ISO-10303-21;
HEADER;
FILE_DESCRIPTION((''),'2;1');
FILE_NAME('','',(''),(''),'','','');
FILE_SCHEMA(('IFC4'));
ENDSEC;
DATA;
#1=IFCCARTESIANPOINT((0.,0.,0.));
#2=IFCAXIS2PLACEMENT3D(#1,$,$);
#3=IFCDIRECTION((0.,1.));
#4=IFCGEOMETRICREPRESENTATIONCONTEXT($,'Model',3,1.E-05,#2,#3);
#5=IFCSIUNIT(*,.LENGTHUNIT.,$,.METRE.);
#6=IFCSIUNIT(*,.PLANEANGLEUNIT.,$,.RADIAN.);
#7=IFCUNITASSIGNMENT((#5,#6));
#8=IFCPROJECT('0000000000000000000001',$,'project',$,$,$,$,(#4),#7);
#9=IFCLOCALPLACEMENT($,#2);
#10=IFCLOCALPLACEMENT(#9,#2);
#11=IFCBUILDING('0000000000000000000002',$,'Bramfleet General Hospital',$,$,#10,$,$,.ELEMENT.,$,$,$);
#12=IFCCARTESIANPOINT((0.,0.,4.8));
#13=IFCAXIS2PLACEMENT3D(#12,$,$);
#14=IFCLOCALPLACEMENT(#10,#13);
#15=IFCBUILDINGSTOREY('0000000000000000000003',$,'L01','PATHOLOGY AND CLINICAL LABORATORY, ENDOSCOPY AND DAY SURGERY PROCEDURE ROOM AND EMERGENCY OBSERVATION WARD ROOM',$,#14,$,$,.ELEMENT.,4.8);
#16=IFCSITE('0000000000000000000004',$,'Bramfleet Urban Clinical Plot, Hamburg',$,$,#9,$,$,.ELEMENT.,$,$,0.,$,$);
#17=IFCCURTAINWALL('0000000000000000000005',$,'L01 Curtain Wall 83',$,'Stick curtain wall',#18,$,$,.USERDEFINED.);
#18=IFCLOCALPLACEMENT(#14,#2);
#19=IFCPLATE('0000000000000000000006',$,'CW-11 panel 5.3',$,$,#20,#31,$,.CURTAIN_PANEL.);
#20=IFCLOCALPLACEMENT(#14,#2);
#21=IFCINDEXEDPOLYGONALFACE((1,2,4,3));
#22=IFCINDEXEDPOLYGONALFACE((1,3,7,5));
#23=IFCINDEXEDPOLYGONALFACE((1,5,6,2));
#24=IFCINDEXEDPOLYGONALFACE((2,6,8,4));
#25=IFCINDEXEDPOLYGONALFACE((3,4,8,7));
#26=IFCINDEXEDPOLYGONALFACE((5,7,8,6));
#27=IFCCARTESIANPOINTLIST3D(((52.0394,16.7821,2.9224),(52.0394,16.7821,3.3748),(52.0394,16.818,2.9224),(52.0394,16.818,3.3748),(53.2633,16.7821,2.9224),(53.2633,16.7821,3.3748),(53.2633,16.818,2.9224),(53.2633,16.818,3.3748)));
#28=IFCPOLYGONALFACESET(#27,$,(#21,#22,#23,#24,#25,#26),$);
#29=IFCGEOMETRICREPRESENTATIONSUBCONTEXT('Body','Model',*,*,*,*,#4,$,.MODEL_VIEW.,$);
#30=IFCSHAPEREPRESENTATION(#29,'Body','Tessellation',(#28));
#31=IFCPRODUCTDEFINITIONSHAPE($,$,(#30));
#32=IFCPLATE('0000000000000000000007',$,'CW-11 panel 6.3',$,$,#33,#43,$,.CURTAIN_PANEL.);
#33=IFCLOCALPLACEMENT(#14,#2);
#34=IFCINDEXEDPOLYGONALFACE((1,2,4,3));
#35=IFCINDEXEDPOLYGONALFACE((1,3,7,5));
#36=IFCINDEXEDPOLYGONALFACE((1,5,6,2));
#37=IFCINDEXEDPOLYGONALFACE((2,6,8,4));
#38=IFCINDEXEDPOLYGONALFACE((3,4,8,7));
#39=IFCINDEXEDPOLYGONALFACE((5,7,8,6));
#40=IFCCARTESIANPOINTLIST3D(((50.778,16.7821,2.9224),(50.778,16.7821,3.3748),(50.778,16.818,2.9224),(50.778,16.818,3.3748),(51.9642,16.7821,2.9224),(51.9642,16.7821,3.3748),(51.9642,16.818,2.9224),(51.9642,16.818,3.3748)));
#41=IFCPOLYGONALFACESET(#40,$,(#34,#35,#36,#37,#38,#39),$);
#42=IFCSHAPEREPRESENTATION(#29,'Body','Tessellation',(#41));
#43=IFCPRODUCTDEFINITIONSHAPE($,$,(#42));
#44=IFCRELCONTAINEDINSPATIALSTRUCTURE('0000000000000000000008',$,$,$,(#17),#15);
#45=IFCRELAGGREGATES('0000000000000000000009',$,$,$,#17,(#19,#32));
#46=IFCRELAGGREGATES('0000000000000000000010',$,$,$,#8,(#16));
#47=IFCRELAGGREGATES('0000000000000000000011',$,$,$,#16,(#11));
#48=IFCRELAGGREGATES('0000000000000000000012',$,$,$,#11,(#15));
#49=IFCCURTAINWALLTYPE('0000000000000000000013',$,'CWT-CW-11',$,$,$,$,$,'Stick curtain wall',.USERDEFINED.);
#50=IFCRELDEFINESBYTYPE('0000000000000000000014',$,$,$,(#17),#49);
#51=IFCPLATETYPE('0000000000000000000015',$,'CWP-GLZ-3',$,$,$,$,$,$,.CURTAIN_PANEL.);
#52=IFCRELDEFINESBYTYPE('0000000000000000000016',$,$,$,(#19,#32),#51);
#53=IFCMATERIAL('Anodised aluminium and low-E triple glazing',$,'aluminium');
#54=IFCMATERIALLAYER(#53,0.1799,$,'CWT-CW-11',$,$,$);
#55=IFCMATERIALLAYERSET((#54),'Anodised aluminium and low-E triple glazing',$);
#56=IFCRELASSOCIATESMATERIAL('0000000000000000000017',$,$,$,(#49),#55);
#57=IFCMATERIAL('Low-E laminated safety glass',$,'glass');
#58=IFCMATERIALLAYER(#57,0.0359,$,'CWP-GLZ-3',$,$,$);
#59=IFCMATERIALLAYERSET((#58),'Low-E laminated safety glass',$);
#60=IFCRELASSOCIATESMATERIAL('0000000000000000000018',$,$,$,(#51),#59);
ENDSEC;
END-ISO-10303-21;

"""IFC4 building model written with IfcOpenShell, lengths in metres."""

from ifc_helpers import new_model, si_unit, direction, frame, origin, origin_2d, place, context, subcontext, project, spatial, rectangle, extrude, material, layer, layer_set, type_object, element, aggregate, save


model = new_model("IFC4")

# Units and contexts
model_context = context("Model", 3, precision=1e-05, world=origin(), true_north=direction((0.0, 1.0)))
body_context = subcontext(model_context, "Body", "Model", "MODEL_VIEW")
ifc_project = project(units=[si_unit("LENGTHUNIT", "METRE"), si_unit("PLANEANGLEUNIT", "RADIAN")], contexts=[model_context])

# Site, building, storey
site_placement = place(None, origin())
site = spatial("IfcSite", under=ifc_project, at=site_placement, Name="Bramfleet Urban Clinical Plot, Hamburg", CompositionType="ELEMENT", RefElevation=0.0)
building_placement = place(site_placement, origin())
building = spatial("IfcBuilding", under=site, at=building_placement, Name="Bramfleet General Hospital", CompositionType="ELEMENT")
storey_placement = place(building_placement, frame((0.0, 0.0, 4.8)))
storey = spatial("IfcBuildingStorey", under=building, at=storey_placement, Name="L01", Description="PATHOLOGY AND CLINICAL LABORATORY, ENDOSCOPY AND DAY SURGERY PROCEDURE ROOM AND EMERGENCY OBSERVATION WARD ROOM", CompositionType="ELEMENT", Elevation=4.8)

# Curtain wall, plates
ifc_material_1 = material(Name="Anodised aluminium and low-E triple glazing", Category="aluminium")
ifc_layer_1 = layer(ifc_material_1, 0.1799, Name="CWT-CW-11")
ifc_layer_set_1 = layer_set([ifc_layer_1], Name="Anodised aluminium and low-E triple glazing")
curtain_wall_type = type_object("IfcCurtainWallType", Name="CWT-CW-11", ElementType="Stick curtain wall", PredefinedType="USERDEFINED", material=ifc_layer_set_1)
curtain_wall_placement = place(storey_placement, origin())
curtain_wall = element("IfcCurtainWall", 1, at=curtain_wall_placement, inside=storey, type_object=curtain_wall_type, Name="L01 Curtain Wall 83", ObjectType="Stick curtain wall", PredefinedType="USERDEFINED")
ifc_material_2 = material(Name="Low-E laminated safety glass", Category="glass")
ifc_layer_2 = layer(ifc_material_2, 0.0359, Name="CWP-GLZ-3")
ifc_layer_set_2 = layer_set([ifc_layer_2], Name="Low-E laminated safety glass")
plate_type = type_object("IfcPlateType", Name="CWP-GLZ-3", PredefinedType="CURTAIN_PANEL", material=ifc_layer_set_2)
plate_1_placement = place(storey_placement, frame((52.6514, 16.8, 2.9224), z_axis=(0.0, 0.0, 1.0), x_axis=(-1.0, 0.0, 0.0)))
plate_1 = element("IfcPlate", 2, at=plate_1_placement, type_object=plate_type, Name="CW-11 panel 5.3", PredefinedType="CURTAIN_PANEL", context=body_context, shape_type="SweptSolid", body=[
    extrude(rectangle(XDim=1.2239, YDim=0.0359, at=origin_2d()), origin(), (0.0, 0.0, 1.0), 0.4524),
])
plate_2_placement = place(storey_placement, frame((51.3711, 16.8, 2.9224), z_axis=(0.0, 0.0, 1.0), x_axis=(-1.0, 0.0, 0.0)))
plate_2 = element("IfcPlate", 3, at=plate_2_placement, type_object=plate_type, Name="CW-11 panel 6.3", PredefinedType="CURTAIN_PANEL", context=body_context, shape_type="SweptSolid", body=[
    extrude(rectangle(XDim=1.1863, YDim=0.0359, at=origin_2d()), origin(), (0.0, 0.0, 1.0), 0.4524),
])
aggregate(curtain_wall, [plate_1, plate_2])

save(model, "model.ifc")
